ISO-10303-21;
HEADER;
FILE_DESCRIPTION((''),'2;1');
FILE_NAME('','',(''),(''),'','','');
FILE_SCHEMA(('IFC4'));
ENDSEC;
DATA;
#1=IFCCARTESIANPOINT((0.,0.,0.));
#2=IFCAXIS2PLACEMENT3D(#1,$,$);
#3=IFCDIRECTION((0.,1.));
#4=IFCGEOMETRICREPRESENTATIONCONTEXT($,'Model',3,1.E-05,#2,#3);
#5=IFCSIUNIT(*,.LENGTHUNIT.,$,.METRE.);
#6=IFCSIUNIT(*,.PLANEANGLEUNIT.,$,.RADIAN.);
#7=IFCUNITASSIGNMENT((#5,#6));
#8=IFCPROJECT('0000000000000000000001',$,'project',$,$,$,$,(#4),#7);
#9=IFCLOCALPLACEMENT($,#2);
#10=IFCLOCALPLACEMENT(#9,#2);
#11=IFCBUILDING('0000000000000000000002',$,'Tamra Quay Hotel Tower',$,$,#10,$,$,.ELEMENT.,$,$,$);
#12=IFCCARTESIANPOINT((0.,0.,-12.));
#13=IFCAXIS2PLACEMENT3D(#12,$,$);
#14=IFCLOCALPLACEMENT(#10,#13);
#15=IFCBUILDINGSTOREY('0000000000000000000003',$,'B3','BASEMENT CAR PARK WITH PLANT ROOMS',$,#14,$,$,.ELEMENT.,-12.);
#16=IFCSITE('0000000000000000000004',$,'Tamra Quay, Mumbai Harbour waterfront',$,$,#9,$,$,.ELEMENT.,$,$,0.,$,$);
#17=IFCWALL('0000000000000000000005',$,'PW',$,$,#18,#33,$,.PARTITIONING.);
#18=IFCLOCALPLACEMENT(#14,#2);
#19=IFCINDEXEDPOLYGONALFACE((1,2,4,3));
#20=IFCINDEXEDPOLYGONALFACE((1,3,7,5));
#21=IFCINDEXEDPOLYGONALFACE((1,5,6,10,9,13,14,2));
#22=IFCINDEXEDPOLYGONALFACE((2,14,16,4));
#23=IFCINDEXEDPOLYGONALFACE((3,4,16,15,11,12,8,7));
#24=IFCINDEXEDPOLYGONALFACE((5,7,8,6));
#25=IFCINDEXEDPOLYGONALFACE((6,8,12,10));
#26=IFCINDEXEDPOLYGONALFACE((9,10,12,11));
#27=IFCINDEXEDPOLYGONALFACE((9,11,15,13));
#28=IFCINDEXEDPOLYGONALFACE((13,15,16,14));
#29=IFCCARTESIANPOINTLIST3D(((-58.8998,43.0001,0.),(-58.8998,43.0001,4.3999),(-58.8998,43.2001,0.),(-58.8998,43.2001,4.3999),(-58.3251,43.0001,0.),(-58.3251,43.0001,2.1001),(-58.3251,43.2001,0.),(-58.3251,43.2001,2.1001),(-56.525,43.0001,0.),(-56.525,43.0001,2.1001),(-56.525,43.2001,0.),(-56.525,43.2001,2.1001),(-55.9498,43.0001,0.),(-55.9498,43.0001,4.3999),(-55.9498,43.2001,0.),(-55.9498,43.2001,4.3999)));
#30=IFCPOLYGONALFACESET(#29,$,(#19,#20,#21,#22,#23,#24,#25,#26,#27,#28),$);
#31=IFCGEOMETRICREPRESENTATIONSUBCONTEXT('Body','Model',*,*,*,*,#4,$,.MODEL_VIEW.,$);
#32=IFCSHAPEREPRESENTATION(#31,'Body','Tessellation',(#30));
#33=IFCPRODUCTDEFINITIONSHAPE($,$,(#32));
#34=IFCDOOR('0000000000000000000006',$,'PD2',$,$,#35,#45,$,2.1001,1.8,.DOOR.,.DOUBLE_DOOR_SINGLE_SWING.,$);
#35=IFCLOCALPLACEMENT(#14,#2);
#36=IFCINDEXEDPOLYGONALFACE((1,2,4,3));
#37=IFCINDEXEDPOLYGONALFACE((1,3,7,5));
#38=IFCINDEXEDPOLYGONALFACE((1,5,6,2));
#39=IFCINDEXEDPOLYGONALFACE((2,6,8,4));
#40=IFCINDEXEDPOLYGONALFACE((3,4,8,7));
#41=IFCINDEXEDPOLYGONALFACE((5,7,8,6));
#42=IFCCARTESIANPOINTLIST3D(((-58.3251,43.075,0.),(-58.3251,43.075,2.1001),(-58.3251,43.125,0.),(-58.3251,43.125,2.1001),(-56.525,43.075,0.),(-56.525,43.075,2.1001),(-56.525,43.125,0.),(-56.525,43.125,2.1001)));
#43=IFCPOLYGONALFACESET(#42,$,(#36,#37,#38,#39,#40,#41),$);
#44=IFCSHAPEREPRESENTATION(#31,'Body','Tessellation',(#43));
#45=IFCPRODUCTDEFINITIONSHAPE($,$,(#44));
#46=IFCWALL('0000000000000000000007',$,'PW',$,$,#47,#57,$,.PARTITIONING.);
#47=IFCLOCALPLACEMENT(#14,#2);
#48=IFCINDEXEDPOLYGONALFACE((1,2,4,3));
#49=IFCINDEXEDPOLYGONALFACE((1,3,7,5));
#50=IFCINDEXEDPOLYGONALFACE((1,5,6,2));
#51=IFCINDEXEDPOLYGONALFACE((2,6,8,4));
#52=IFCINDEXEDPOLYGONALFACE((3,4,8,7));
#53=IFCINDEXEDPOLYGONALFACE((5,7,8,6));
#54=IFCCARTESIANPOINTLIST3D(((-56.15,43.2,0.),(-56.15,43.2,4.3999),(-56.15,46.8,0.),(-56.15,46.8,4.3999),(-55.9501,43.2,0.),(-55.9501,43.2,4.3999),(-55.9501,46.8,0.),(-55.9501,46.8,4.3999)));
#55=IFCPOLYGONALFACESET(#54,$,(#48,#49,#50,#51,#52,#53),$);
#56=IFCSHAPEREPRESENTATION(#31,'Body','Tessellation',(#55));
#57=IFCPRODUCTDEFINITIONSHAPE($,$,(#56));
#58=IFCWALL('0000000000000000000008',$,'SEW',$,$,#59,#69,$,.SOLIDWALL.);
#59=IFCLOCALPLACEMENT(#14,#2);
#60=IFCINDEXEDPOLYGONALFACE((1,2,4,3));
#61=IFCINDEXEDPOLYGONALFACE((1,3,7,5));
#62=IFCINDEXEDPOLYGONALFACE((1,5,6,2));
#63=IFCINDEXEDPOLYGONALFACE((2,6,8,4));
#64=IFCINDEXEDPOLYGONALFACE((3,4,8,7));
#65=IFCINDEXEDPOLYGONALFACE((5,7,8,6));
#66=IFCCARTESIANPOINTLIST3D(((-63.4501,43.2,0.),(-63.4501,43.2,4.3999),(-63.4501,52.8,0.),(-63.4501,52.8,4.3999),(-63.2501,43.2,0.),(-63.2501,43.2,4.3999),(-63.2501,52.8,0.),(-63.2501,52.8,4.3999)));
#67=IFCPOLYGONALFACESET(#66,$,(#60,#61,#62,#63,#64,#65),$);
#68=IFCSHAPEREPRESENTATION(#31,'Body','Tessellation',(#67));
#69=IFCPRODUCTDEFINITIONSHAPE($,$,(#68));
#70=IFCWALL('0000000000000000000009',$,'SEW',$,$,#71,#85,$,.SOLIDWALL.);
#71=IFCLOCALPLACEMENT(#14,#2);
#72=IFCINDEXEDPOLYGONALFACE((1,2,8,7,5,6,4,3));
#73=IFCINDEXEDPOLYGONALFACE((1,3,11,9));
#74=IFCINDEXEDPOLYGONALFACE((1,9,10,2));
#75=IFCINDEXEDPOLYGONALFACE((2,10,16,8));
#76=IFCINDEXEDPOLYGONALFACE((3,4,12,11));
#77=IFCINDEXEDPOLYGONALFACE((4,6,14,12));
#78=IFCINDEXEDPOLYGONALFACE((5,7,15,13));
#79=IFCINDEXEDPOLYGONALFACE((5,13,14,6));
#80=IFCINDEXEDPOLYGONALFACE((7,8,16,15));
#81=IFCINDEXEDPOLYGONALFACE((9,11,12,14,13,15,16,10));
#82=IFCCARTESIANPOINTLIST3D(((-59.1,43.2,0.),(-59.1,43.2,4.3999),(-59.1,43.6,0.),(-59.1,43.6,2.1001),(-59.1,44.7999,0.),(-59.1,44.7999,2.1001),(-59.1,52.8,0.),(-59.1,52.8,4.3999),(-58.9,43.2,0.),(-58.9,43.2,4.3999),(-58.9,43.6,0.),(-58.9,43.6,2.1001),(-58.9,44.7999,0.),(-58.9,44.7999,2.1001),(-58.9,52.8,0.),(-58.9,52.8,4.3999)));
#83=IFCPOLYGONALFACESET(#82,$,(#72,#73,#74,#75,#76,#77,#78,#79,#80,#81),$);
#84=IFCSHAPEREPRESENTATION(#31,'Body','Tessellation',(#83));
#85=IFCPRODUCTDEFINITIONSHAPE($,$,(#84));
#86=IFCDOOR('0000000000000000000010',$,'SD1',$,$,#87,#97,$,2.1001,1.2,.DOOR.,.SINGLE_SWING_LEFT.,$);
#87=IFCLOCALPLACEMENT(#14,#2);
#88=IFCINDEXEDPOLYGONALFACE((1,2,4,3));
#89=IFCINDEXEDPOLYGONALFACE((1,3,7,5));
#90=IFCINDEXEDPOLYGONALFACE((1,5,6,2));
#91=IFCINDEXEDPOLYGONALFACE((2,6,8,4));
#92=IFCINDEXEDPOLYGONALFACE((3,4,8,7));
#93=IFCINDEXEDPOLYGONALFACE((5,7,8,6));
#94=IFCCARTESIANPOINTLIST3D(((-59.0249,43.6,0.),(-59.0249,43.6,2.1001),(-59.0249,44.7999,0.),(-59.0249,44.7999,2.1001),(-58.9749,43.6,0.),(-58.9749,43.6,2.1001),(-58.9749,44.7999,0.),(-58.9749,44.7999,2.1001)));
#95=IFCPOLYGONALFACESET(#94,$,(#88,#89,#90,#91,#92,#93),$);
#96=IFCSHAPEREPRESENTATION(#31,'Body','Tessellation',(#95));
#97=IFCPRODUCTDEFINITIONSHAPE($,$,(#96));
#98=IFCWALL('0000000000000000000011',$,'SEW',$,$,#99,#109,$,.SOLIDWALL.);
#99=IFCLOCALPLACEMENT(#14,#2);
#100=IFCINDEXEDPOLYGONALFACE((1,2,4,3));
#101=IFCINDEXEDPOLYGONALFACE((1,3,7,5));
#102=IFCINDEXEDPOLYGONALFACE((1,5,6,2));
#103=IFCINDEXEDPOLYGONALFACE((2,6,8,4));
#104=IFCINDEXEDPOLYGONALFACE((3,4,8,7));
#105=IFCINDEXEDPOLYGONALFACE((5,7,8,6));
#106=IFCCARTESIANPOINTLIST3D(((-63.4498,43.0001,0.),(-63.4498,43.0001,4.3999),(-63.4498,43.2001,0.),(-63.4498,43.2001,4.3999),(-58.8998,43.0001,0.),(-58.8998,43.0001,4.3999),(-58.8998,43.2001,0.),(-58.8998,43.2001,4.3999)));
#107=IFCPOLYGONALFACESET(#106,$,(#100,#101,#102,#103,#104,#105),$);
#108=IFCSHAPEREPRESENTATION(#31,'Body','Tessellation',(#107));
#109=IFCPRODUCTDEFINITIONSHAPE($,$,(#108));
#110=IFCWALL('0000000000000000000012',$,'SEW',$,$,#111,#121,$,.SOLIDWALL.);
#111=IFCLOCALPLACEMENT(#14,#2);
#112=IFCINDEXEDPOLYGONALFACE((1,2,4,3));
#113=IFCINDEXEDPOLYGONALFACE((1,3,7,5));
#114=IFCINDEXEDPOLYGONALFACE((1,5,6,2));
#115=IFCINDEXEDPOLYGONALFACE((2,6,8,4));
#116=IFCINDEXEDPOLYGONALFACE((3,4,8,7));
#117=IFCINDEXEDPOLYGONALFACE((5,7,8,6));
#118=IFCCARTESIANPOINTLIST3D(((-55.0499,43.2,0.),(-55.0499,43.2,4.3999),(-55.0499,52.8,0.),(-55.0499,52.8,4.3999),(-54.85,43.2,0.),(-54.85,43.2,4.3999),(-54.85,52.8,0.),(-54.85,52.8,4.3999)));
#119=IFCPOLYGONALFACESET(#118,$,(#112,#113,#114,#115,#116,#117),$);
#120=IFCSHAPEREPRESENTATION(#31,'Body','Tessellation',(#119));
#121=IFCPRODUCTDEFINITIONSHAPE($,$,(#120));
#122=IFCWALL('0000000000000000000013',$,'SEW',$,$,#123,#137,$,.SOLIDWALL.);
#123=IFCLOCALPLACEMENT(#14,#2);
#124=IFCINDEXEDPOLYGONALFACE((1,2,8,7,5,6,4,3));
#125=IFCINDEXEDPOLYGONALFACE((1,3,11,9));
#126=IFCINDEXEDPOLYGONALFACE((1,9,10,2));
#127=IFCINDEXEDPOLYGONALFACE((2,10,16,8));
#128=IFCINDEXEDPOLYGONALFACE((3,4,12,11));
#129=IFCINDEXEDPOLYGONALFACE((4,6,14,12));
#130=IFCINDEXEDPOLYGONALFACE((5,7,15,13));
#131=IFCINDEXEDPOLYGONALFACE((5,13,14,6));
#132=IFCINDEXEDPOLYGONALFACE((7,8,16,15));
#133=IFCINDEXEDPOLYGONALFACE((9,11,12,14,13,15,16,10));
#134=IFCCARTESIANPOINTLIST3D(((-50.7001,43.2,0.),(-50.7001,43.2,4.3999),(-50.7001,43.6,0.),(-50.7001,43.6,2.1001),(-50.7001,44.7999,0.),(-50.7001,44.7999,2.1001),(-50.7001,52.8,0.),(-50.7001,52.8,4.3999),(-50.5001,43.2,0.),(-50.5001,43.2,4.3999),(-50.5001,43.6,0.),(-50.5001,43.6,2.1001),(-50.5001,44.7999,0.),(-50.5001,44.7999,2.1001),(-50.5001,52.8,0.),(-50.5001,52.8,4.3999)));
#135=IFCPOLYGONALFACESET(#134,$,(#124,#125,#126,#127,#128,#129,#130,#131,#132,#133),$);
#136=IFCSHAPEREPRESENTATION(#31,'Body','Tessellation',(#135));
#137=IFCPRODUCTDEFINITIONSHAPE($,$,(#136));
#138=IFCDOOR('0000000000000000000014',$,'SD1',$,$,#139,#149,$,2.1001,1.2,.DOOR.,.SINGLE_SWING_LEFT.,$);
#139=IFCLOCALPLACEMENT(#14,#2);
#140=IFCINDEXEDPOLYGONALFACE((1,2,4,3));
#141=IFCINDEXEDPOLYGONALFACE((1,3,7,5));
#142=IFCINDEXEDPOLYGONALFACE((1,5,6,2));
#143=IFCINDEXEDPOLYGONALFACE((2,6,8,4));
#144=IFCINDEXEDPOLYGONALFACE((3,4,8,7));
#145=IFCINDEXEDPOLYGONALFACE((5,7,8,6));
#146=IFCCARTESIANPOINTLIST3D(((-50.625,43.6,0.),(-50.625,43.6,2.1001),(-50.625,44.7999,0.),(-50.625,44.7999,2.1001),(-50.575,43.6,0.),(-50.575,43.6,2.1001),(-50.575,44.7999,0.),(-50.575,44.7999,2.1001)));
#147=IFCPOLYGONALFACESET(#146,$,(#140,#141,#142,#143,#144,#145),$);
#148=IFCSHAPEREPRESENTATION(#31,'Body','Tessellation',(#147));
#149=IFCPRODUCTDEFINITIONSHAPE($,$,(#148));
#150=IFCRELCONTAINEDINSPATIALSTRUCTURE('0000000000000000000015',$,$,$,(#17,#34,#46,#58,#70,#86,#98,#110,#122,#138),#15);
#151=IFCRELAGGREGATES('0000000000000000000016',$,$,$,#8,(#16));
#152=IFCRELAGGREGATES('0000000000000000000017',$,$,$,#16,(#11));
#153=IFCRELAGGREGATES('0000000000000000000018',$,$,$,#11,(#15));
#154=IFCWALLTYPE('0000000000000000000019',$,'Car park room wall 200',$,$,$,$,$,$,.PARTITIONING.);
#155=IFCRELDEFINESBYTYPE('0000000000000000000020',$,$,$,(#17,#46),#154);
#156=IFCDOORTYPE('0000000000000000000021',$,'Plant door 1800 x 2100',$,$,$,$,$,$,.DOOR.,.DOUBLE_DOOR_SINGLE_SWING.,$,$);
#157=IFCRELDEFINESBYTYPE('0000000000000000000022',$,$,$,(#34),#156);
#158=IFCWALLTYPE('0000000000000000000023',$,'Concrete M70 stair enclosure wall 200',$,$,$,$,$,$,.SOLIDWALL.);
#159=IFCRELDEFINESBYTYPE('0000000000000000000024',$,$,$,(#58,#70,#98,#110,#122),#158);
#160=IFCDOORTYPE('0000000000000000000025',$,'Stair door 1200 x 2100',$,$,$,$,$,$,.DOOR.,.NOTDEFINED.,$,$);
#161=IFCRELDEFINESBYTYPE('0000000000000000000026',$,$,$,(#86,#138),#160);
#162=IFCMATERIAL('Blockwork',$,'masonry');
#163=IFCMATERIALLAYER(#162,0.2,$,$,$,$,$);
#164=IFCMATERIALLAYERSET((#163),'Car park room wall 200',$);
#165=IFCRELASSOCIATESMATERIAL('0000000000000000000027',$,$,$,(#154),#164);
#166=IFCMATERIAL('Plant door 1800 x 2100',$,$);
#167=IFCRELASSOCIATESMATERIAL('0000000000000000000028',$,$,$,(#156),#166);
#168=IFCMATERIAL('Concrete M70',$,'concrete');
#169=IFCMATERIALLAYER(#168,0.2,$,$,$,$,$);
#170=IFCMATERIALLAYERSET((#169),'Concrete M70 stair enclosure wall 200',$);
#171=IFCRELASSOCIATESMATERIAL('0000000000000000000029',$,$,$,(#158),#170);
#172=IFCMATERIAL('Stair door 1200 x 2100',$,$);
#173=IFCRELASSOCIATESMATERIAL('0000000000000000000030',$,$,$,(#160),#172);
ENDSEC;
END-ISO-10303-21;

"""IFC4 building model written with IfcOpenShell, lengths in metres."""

from ifc_helpers import new_model, si_unit, direction, frame, frame_2d, origin, place, context, subcontext, project, spatial, rectangle, extrude, material, layer, layer_set, type_object, element, fill, save


model = new_model("IFC4")

# Units and contexts
model_context = context("Model", 3, precision=1e-05, world=origin(), true_north=direction((0.0, 1.0)))
body_context = subcontext(model_context, "Body", "Model", "MODEL_VIEW")
ifc_project = project(units=[si_unit("LENGTHUNIT", "METRE"), si_unit("PLANEANGLEUNIT", "RADIAN")], contexts=[model_context])

# Site, building, storey
site_placement = place(None, origin())
site = spatial("IfcSite", under=ifc_project, at=site_placement, Name="Tamra Quay, Mumbai Harbour waterfront", CompositionType="ELEMENT", RefElevation=0.0)
building_placement = place(site_placement, origin())
building = spatial("IfcBuilding", under=site, at=building_placement, Name="Tamra Quay Hotel Tower", CompositionType="ELEMENT")
storey_placement = place(building_placement, frame((0.0, 0.0, -12.0)))
storey = spatial("IfcBuildingStorey", under=building, at=storey_placement, Name="B3", Description="BASEMENT CAR PARK WITH PLANT ROOMS", CompositionType="ELEMENT", Elevation=-12.0)

# Shared definitions
ifc_material_1 = material(Name="Concrete M70", Category="concrete")

# Wall, opening, door
ifc_material_2 = material(Name="Blockwork", Category="masonry")
ifc_layer_1 = layer(ifc_material_2, 0.2)
ifc_layer_set_1 = layer_set([ifc_layer_1], Name="Car park room wall 200")
wall_type_1 = type_object("IfcWallType", Name="Car park room wall 200", PredefinedType="PARTITIONING", material=ifc_layer_set_1)
wall_1_placement = place(storey_placement, frame((-58.8999, 43.1001, 0.0), z_axis=(0.0, 0.0, 1.0), x_axis=(1.0, 0.0, 0.0)))
wall_1 = element("IfcWall", 1, at=wall_1_placement, inside=storey, type_object=wall_type_1, Name="PW", PredefinedType="PARTITIONING", context=body_context, shape_type="SweptSolid", body=[
    extrude(rectangle(XDim=2.95, YDim=0.2, at=frame_2d((1.4751, 0.0))), origin(), (0.0, 0.0, 1.0), 4.3999),
])
opening_1_placement = place(wall_1_placement, frame((0.575, 0.0, 0.0)))
opening_1 = element("IfcOpeningElement", 2, at=opening_1_placement, cuts=wall_1, PredefinedType="OPENING", context=body_context, shape_type="SweptSolid", body=[
    extrude(rectangle(XDim=1.8, YDim=2.1001, at=frame_2d((0.8999, 1.05))), frame((0.0, 0.1099, 0.0), z_axis=(0.0, -1.0, 0.0), x_axis=(1.0, 0.0, 0.0)), (0.0, 0.0, 1.0), 0.22),
])
ifc_material_3 = material(Name="Plant door 1800 x 2100")
door_type_1 = type_object("IfcDoorType", Name="Plant door 1800 x 2100", OperationType="DOUBLE_DOOR_SINGLE_SWING", PredefinedType="DOOR", material=ifc_material_3)
door_1_placement = place(opening_1_placement, origin())
door_1 = element("IfcDoor", 3, at=door_1_placement, inside=storey, type_object=door_type_1, Name="PD2", OperationType="DOUBLE_DOOR_SINGLE_SWING", OverallHeight=2.1001, OverallWidth=1.8, PredefinedType="DOOR", context=body_context, shape_type="SweptSolid", body=[
    extrude(rectangle(XDim=1.8, YDim=2.1001, at=frame_2d((0.8999, 1.05))), frame((0.0, 0.0249, 0.0), z_axis=(0.0, -1.0, 0.0), x_axis=(1.0, 0.0, 0.0)), (0.0, 0.0, 1.0), 0.05),
])
fill(opening_1, door_1)

# Walls
wall_2_placement = place(storey_placement, frame((-56.05, 43.2, 0.0), z_axis=(0.0, 0.0, 1.0), x_axis=(0.0, 1.0, 0.0)))
element("IfcWall", 4, at=wall_2_placement, inside=storey, type_object=wall_type_1, Name="PW", PredefinedType="PARTITIONING", context=body_context, shape_type="SweptSolid", body=[
    extrude(rectangle(XDim=3.6001, YDim=0.2, at=frame_2d((1.8, 0.0))), origin(), (0.0, 0.0, 1.0), 4.3999),
])
ifc_layer_2 = layer(ifc_material_1, 0.2)
ifc_layer_set_2 = layer_set([ifc_layer_2], Name="Concrete M70 stair enclosure wall 200")
wall_type_2 = type_object("IfcWallType", Name="Concrete M70 stair enclosure wall 200", PredefinedType="SOLIDWALL", material=ifc_layer_set_2)
wall_3_placement = place(storey_placement, frame((-63.3501, 43.2, 0.0), z_axis=(0.0, 0.0, 1.0), x_axis=(0.0, 1.0, 0.0)))
element("IfcWall", 5, at=wall_3_placement, inside=storey, type_object=wall_type_2, Name="SEW", PredefinedType="SOLIDWALL", context=body_context, shape_type="SweptSolid", body=[
    extrude(rectangle(XDim=9.6001, YDim=0.2, at=frame_2d((4.8, 0.0))), origin(), (0.0, 0.0, 1.0), 4.3999),
])

# Wall, opening, door
wall_4_placement = place(storey_placement, frame((-59.0, 43.2, 0.0), z_axis=(0.0, 0.0, 1.0), x_axis=(0.0, 1.0, 0.0)))
wall_4 = element("IfcWall", 6, at=wall_4_placement, inside=storey, type_object=wall_type_2, Name="SEW", PredefinedType="SOLIDWALL", context=body_context, shape_type="SweptSolid", body=[
    extrude(rectangle(XDim=9.6001, YDim=0.2, at=frame_2d((4.8, 0.0))), origin(), (0.0, 0.0, 1.0), 4.3999),
])
opening_2_placement = place(wall_4_placement, frame((0.3999, 0.0, 0.0)))
opening_2 = element("IfcOpeningElement", 7, at=opening_2_placement, cuts=wall_4, PredefinedType="OPENING", context=body_context, shape_type="SweptSolid", body=[
    extrude(rectangle(XDim=1.2, YDim=2.1001, at=frame_2d((0.6001, 1.05))), frame((0.0, 0.1099, 0.0), z_axis=(0.0, -1.0, 0.0), x_axis=(1.0, 0.0, 0.0)), (0.0, 0.0, 1.0), 0.22),
])
ifc_material_4 = material(Name="Stair door 1200 x 2100")
door_type_2 = type_object("IfcDoorType", Name="Stair door 1200 x 2100", OperationType="NOTDEFINED", PredefinedType="DOOR", material=ifc_material_4)
door_2_placement = place(opening_2_placement, origin())
door_2 = element("IfcDoor", 8, at=door_2_placement, inside=storey, type_object=door_type_2, Name="SD1", OperationType="SINGLE_SWING_LEFT", OverallHeight=2.1001, OverallWidth=1.2, PredefinedType="DOOR", context=body_context, shape_type="SweptSolid", body=[
    extrude(rectangle(XDim=1.2, YDim=2.1001, at=frame_2d((0.6001, 1.05))), frame((0.0, 0.0249, 0.0), z_axis=(0.0, -1.0, 0.0), x_axis=(1.0, 0.0, 0.0)), (0.0, 0.0, 1.0), 0.05),
])
fill(opening_2, door_2)

# Walls
wall_5_placement = place(storey_placement, frame((-58.8999, 43.1001, 0.0), z_axis=(0.0, 0.0, 1.0), x_axis=(-1.0, 0.0, 0.0)))
element("IfcWall", 9, at=wall_5_placement, inside=storey, type_object=wall_type_2, Name="SEW", PredefinedType="SOLIDWALL", context=body_context, shape_type="SweptSolid", body=[
    extrude(rectangle(XDim=4.55, YDim=0.2, at=frame_2d((2.2749, 0.0))), origin(), (0.0, 0.0, 1.0), 4.3999),
])
wall_6_placement = place(storey_placement, frame((-54.95, 43.2, 0.0), z_axis=(0.0, 0.0, 1.0), x_axis=(0.0, 1.0, 0.0)))
element("IfcWall", 10, at=wall_6_placement, inside=storey, type_object=wall_type_2, Name="SEW", PredefinedType="SOLIDWALL", context=body_context, shape_type="SweptSolid", body=[
    extrude(rectangle(XDim=9.6001, YDim=0.2, at=frame_2d((4.8, 0.0))), origin(), (0.0, 0.0, 1.0), 4.3999),
])

# Wall, opening, door
wall_7_placement = place(storey_placement, frame((-50.6001, 43.2, 0.0), z_axis=(0.0, 0.0, 1.0), x_axis=(0.0, 1.0, 0.0)))
wall_7 = element("IfcWall", 11, at=wall_7_placement, inside=storey, type_object=wall_type_2, Name="SEW", PredefinedType="SOLIDWALL", context=body_context, shape_type="SweptSolid", body=[
    extrude(rectangle(XDim=9.6001, YDim=0.2, at=frame_2d((4.8, 0.0))), origin(), (0.0, 0.0, 1.0), 4.3999),
])
opening_3_placement = place(wall_7_placement, frame((0.3999, 0.0, 0.0)))
opening_3 = element("IfcOpeningElement", 12, at=opening_3_placement, cuts=wall_7, PredefinedType="OPENING", context=body_context, shape_type="SweptSolid", body=[
    extrude(rectangle(XDim=1.2, YDim=2.1001, at=frame_2d((0.6001, 1.05))), frame((0.0, 0.1099, 0.0), z_axis=(0.0, -1.0, 0.0), x_axis=(1.0, 0.0, 0.0)), (0.0, 0.0, 1.0), 0.22),
])
door_3_placement = place(opening_3_placement, origin())
door_3 = element("IfcDoor", 13, at=door_3_placement, inside=storey, type_object=door_type_2, Name="SD1", OperationType="SINGLE_SWING_LEFT", OverallHeight=2.1001, OverallWidth=1.2, PredefinedType="DOOR", context=body_context, shape_type="SweptSolid", body=[
    extrude(rectangle(XDim=1.2, YDim=2.1001, at=frame_2d((0.6001, 1.05))), frame((0.0, 0.0249, 0.0), z_axis=(0.0, -1.0, 0.0), x_axis=(1.0, 0.0, 0.0)), (0.0, 0.0, 1.0), 0.05),
])
fill(opening_3, door_3)

save(model, "model.ifc")
